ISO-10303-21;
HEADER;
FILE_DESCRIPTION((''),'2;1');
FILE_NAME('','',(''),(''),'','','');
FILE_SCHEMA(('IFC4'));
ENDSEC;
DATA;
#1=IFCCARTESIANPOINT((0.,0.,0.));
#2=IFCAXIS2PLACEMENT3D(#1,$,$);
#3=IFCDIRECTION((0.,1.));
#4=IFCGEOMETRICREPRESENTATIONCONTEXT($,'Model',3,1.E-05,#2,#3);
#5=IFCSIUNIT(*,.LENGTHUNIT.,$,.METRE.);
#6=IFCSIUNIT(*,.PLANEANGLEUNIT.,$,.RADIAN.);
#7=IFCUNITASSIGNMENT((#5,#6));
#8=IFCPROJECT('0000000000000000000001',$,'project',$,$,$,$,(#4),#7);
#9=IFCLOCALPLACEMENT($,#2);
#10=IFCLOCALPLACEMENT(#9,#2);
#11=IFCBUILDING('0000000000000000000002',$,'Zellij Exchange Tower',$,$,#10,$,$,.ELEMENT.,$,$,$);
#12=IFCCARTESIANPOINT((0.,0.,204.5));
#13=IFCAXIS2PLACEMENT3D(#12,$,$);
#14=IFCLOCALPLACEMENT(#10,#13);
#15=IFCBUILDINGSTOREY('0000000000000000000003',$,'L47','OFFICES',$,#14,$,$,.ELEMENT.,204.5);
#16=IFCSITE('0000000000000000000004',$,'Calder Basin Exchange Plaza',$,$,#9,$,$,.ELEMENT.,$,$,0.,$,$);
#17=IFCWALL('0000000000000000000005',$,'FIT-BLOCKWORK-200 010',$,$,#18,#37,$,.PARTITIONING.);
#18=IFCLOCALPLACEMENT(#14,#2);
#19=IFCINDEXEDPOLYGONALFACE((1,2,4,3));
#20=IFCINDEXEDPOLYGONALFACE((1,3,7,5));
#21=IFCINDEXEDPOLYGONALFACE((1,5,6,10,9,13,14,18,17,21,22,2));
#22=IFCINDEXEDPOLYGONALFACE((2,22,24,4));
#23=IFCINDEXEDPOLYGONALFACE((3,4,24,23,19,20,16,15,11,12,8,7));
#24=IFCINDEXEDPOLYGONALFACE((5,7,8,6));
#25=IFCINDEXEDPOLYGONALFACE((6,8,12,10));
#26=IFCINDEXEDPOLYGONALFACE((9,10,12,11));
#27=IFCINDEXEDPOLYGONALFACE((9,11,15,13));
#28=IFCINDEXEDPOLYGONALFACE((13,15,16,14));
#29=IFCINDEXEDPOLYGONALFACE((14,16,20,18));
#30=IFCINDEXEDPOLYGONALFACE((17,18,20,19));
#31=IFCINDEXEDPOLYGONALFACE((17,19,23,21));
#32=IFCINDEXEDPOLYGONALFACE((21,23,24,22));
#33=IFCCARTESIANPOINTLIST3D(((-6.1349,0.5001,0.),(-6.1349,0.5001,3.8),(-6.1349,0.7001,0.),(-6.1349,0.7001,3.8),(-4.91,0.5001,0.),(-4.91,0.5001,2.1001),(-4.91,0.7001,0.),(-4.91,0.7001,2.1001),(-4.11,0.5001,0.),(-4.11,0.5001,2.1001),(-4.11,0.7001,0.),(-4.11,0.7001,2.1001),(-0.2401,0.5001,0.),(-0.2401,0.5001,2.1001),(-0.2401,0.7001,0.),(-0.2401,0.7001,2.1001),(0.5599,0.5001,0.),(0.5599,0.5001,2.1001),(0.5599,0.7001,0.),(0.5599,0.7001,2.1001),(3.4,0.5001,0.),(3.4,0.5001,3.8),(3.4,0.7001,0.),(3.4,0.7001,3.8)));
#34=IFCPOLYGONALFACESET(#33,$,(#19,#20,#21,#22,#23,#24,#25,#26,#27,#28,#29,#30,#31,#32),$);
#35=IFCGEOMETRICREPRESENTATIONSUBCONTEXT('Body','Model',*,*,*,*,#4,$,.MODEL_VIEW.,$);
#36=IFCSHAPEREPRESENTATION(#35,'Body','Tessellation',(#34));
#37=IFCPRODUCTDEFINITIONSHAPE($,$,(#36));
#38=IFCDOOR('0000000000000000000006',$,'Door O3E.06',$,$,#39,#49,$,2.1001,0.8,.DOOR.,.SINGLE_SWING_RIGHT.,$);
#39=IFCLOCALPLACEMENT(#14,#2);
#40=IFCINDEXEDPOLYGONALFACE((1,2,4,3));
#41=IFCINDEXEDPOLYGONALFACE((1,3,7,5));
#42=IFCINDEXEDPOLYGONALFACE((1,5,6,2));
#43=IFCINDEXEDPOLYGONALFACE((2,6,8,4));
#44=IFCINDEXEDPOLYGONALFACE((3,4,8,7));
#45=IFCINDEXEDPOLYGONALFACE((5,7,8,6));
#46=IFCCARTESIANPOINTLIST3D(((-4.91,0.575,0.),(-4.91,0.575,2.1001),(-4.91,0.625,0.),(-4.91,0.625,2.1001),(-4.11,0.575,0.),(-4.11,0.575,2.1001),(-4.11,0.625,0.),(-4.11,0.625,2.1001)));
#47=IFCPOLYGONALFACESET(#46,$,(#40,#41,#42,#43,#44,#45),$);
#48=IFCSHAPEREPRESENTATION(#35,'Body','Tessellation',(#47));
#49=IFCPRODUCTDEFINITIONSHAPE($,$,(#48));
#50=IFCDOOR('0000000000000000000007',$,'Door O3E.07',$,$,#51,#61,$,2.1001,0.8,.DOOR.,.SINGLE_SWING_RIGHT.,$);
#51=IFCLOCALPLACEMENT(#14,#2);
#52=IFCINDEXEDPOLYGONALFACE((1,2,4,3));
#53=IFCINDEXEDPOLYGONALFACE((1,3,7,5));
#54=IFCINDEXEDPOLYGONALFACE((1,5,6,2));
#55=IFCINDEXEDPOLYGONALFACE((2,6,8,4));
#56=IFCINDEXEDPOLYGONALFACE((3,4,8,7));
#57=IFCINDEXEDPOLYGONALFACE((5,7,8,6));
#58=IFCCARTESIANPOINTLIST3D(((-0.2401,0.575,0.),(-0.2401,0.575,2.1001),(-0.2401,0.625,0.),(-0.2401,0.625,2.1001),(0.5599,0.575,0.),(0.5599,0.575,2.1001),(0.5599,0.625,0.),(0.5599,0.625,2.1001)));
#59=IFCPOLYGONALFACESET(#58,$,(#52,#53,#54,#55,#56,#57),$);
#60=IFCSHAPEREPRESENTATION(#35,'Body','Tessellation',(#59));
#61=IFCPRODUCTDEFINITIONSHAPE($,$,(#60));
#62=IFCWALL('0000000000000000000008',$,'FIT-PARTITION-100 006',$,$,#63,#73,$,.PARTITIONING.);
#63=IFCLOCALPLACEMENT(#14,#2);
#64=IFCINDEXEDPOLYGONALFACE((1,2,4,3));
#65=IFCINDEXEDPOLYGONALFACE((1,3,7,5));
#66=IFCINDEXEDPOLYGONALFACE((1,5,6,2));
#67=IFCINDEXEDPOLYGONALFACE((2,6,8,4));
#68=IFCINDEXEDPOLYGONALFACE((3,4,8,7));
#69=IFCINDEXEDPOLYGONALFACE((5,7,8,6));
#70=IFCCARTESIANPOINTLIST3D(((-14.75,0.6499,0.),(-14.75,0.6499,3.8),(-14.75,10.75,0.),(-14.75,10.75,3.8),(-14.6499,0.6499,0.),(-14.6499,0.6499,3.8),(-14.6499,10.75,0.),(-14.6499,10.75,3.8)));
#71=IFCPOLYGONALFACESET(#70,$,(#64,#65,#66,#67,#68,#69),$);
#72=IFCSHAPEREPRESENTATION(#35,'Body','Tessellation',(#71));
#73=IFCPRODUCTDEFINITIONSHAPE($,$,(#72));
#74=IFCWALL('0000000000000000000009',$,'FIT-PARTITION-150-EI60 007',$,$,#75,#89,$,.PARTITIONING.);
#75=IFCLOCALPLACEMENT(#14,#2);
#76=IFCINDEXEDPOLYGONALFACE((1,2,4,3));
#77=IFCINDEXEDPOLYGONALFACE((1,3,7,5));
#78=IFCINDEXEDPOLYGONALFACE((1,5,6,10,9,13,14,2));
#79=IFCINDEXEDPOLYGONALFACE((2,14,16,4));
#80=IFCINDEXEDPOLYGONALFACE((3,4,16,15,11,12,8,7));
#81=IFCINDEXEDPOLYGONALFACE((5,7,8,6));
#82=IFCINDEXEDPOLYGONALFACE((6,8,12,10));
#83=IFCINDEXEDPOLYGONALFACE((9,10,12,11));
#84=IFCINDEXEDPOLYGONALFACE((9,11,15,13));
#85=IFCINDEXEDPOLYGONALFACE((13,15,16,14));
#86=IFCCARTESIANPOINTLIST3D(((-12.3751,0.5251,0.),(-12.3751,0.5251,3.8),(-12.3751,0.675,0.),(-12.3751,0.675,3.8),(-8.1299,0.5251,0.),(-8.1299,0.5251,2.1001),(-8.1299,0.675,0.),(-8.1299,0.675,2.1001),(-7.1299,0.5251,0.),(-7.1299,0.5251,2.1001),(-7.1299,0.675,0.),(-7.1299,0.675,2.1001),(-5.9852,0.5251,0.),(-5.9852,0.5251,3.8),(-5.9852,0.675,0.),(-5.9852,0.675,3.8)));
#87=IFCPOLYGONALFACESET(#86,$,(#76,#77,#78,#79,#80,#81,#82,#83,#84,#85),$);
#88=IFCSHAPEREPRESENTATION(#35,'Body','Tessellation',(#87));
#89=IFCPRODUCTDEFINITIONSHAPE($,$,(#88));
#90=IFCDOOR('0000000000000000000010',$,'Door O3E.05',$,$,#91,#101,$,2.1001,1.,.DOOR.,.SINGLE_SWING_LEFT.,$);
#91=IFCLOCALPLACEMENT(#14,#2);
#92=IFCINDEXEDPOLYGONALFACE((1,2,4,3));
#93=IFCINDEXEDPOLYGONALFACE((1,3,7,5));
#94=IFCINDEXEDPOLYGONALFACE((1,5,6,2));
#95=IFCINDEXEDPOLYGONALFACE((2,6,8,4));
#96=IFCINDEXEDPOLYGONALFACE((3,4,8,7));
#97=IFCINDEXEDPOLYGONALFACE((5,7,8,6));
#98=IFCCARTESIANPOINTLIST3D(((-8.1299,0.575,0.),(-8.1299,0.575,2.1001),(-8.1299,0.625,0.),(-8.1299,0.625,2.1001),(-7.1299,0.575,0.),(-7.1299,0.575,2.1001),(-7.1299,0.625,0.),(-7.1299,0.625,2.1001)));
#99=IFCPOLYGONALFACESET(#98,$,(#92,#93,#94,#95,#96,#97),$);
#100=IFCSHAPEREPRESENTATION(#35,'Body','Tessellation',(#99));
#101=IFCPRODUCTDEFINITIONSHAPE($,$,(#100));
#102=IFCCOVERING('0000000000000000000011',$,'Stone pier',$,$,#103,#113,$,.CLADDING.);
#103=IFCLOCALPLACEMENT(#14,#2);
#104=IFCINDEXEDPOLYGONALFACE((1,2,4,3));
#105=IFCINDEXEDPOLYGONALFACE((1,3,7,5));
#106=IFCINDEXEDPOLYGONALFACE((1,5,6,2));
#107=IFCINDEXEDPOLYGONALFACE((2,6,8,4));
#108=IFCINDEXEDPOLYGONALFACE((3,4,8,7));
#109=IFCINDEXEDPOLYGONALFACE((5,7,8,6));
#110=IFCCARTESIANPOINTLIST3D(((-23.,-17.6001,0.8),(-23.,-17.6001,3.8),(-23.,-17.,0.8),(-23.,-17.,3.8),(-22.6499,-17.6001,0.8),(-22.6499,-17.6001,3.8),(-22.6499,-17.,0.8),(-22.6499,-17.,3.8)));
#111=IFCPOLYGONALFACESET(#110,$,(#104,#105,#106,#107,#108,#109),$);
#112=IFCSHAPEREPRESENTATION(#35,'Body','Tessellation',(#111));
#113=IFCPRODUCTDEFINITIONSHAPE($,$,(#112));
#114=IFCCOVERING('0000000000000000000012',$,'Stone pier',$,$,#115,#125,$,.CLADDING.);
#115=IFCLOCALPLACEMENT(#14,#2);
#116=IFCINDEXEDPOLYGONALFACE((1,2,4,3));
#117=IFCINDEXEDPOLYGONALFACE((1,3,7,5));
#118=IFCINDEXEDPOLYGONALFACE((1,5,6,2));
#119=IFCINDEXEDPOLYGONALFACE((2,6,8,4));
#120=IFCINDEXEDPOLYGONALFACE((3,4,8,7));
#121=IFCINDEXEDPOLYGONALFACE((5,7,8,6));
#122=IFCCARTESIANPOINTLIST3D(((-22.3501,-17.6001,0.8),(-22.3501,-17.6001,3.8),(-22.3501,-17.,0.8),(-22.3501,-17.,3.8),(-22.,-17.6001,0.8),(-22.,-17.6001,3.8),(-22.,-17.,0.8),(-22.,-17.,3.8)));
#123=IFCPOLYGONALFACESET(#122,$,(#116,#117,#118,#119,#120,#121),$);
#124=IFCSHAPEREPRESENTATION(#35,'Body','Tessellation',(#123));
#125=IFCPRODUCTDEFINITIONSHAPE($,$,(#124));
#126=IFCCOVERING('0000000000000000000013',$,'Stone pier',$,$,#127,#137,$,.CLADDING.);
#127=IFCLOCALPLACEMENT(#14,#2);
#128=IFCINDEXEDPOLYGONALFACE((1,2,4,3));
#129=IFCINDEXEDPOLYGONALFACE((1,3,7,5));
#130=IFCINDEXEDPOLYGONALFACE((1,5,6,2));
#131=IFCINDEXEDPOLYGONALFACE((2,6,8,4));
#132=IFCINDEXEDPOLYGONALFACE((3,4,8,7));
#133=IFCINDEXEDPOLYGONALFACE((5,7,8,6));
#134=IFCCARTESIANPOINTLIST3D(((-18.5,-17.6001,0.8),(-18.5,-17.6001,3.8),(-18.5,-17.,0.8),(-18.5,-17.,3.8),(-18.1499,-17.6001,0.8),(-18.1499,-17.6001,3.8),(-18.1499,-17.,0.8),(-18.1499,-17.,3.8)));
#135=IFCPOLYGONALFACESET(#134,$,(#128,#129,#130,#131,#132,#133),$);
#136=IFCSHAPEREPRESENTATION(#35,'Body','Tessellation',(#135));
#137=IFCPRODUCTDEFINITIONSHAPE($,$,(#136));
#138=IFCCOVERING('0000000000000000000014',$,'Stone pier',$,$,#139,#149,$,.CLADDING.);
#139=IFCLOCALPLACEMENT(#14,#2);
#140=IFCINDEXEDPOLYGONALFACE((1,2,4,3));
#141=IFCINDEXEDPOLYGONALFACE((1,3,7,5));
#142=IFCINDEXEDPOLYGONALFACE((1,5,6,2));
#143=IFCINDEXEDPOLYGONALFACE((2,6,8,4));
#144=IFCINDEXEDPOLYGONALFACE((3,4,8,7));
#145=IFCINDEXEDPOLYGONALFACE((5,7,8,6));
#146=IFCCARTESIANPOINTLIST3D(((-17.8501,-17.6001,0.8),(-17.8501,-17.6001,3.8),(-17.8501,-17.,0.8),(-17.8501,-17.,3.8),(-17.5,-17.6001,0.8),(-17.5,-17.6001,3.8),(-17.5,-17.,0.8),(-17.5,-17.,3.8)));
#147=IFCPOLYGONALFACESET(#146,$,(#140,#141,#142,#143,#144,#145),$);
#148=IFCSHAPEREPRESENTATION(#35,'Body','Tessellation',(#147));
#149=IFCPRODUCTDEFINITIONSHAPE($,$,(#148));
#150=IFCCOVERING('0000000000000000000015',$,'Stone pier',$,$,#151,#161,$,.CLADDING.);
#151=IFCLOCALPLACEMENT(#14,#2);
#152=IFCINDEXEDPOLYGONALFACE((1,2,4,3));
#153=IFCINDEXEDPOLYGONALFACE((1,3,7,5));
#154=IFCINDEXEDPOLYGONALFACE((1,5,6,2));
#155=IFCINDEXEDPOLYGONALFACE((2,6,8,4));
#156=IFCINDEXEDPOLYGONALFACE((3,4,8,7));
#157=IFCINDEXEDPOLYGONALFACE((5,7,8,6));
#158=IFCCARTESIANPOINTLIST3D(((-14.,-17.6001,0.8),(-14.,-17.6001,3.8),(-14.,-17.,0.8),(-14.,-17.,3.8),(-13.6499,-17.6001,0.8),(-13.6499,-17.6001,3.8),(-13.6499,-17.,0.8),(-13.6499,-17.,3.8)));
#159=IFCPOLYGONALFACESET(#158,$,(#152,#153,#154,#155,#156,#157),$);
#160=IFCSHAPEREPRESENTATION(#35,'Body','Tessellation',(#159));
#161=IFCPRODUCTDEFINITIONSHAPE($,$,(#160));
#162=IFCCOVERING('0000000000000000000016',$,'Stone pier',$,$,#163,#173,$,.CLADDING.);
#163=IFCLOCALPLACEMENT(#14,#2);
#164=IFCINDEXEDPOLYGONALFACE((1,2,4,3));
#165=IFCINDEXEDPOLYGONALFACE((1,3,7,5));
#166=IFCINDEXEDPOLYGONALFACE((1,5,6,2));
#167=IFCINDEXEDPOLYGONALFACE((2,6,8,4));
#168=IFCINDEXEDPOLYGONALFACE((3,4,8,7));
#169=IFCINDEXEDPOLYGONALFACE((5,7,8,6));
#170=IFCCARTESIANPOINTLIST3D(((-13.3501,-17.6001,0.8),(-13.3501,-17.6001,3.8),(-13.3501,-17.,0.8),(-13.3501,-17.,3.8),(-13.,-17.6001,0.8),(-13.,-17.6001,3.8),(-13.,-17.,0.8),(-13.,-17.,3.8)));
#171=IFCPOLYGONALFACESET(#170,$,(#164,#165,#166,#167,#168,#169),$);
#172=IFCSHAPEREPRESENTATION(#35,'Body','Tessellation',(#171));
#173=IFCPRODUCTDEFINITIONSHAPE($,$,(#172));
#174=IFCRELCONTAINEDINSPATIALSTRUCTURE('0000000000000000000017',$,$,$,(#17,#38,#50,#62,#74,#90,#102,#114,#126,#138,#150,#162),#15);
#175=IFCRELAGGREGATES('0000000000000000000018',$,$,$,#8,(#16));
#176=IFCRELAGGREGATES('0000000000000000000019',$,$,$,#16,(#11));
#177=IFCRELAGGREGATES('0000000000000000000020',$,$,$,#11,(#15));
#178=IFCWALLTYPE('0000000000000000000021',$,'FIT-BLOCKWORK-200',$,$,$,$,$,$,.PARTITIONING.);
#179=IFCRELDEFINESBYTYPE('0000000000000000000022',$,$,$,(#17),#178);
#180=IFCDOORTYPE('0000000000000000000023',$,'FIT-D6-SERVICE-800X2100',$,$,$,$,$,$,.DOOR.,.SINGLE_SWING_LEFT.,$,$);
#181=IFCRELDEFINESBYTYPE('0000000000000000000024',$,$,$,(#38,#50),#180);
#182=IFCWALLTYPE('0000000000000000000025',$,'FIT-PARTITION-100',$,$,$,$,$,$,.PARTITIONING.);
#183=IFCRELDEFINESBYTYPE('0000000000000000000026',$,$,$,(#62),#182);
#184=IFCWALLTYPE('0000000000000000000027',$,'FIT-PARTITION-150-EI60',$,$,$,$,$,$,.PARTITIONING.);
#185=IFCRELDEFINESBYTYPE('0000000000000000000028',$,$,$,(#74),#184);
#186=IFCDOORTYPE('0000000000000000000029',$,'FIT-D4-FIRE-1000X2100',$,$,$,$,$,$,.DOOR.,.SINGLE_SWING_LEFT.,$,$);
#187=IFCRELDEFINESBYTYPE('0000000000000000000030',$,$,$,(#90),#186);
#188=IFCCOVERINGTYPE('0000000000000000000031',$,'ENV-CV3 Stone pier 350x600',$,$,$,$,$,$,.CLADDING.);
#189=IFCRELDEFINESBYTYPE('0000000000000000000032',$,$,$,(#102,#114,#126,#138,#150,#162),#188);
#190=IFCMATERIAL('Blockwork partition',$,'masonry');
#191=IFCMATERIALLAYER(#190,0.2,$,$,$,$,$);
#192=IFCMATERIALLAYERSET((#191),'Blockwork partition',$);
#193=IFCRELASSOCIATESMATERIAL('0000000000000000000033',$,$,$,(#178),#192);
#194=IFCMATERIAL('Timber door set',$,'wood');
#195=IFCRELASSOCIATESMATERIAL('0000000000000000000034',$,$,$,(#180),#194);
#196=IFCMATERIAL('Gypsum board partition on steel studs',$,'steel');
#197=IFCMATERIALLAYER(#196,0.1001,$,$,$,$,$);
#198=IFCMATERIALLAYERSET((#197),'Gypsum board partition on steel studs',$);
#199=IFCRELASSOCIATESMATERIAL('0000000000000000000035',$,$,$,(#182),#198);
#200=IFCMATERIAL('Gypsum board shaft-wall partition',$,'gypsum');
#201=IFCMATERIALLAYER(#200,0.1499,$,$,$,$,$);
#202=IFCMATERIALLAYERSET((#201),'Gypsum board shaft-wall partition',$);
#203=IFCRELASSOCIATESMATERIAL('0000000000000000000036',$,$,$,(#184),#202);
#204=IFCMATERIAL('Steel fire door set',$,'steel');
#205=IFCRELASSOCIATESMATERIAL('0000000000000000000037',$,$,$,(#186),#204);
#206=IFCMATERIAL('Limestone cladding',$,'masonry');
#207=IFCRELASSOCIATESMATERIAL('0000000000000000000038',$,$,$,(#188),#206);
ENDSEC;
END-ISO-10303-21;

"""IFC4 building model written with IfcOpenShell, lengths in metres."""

from ifc_helpers import new_model, si_unit, direction, frame, frame_2d, origin, place, context, subcontext, project, spatial, polyline, rectangle, outline, extrude, material, layer, layer_set, type_object, element, fill, save


model = new_model("IFC4")

# Units and contexts
model_context = context("Model", 3, precision=1e-05, world=origin(), true_north=direction((0.0, 1.0)))
body_context = subcontext(model_context, "Body", "Model", "MODEL_VIEW")
ifc_project = project(units=[si_unit("LENGTHUNIT", "METRE"), si_unit("PLANEANGLEUNIT", "RADIAN")], contexts=[model_context])

# Site, building, storey
site_placement = place(None, origin())
site = spatial("IfcSite", under=ifc_project, at=site_placement, Name="Calder Basin Exchange Plaza", CompositionType="ELEMENT", RefElevation=0.0)
building_placement = place(site_placement, origin())
building = spatial("IfcBuilding", under=site, at=building_placement, Name="Zellij Exchange Tower", CompositionType="ELEMENT")
storey_placement = place(building_placement, frame((0.0, 0.0, 204.5)))
storey = spatial("IfcBuildingStorey", under=building, at=storey_placement, Name="L47", Description="OFFICES", CompositionType="ELEMENT", Elevation=204.5)

# Wall, openings, doors
ifc_material_1 = material(Name="Blockwork partition", Category="masonry")
ifc_layer_1 = layer(ifc_material_1, 0.2)
ifc_layer_set_1 = layer_set([ifc_layer_1], Name="Blockwork partition")
wall_type_1 = type_object("IfcWallType", Name="FIT-BLOCKWORK-200", PredefinedType="PARTITIONING", material=ifc_layer_set_1)
wall_1_placement = place(storey_placement, frame((-6.135, 0.6001, 0.0), z_axis=(0.0, 0.0, 1.0), x_axis=(1.0, 0.0, 0.0)))
wall_1 = element("IfcWall", 1, at=wall_1_placement, inside=storey, type_object=wall_type_1, Name="FIT-BLOCKWORK-200 010", PredefinedType="PARTITIONING", context=body_context, shape_type="SweptSolid", body=[
    extrude(rectangle(XDim=9.5349, YDim=0.2, at=frame_2d((4.7676, 0.0))), origin(), (0.0, 0.0, 1.0), 3.8),
])
opening_1_placement = place(wall_1_placement, frame((1.2251, 0.0, 0.0)))
opening_1 = element("IfcOpeningElement", 2, at=opening_1_placement, cuts=wall_1, PredefinedType="OPENING", context=body_context, shape_type="SweptSolid", body=[
    extrude(rectangle(XDim=0.8, YDim=2.1001, at=frame_2d((0.3999, 1.05))), frame((0.0, 0.1118, 0.0), z_axis=(0.0, -1.0, 0.0), x_axis=(1.0, 0.0, 0.0)), (0.0, 0.0, 1.0), 0.2239),
])
opening_2_placement = place(wall_1_placement, frame((5.895, 0.0, 0.0)))
opening_2 = element("IfcOpeningElement", 3, at=opening_2_placement, cuts=wall_1, PredefinedType="OPENING", context=body_context, shape_type="SweptSolid", body=[
    extrude(rectangle(XDim=0.8, YDim=2.1001, at=frame_2d((0.3999, 1.05))), frame((0.0, 0.1118, 0.0), z_axis=(0.0, -1.0, 0.0), x_axis=(1.0, 0.0, 0.0)), (0.0, 0.0, 1.0), 0.2239),
])
ifc_material_2 = material(Name="Timber door set", Category="wood")
door_type_1 = type_object("IfcDoorType", Name="FIT-D6-SERVICE-800X2100", OperationType="SINGLE_SWING_LEFT", PredefinedType="DOOR", material=ifc_material_2)
door_1_placement = place(opening_1_placement, origin())
door_1 = element("IfcDoor", 4, at=door_1_placement, inside=storey, type_object=door_type_1, Name="Door O3E.06", OperationType="SINGLE_SWING_RIGHT", OverallHeight=2.1001, OverallWidth=0.8, PredefinedType="DOOR", context=body_context, shape_type="SweptSolid", body=[
    extrude(rectangle(XDim=0.8, YDim=2.1001, at=frame_2d((0.3999, 1.05))), frame((0.0, 0.0249, 0.0), z_axis=(0.0, -1.0, 0.0), x_axis=(1.0, 0.0, 0.0)), (0.0, 0.0, 1.0), 0.05),
])
fill(opening_1, door_1)
door_2_placement = place(opening_2_placement, origin())
door_2 = element("IfcDoor", 5, at=door_2_placement, inside=storey, type_object=door_type_1, Name="Door O3E.07", OperationType="SINGLE_SWING_RIGHT", OverallHeight=2.1001, OverallWidth=0.8, PredefinedType="DOOR", context=body_context, shape_type="SweptSolid", body=[
    extrude(rectangle(XDim=0.8, YDim=2.1001, at=frame_2d((0.3999, 1.05))), frame((0.0, 0.0249, 0.0), z_axis=(0.0, -1.0, 0.0), x_axis=(1.0, 0.0, 0.0)), (0.0, 0.0, 1.0), 0.05),
])
fill(opening_2, door_2)

# Wall
ifc_material_3 = material(Name="Gypsum board partition on steel studs", Category="steel")
ifc_layer_2 = layer(ifc_material_3, 0.1001)
ifc_layer_set_2 = layer_set([ifc_layer_2], Name="Gypsum board partition on steel studs")
wall_type_2 = type_object("IfcWallType", Name="FIT-PARTITION-100", PredefinedType="PARTITIONING", material=ifc_layer_set_2)
wall_2_placement = place(storey_placement, frame((-14.7, 0.6499, 0.0), z_axis=(0.0, 0.0, 1.0), x_axis=(0.0, 1.0, 0.0)))
element("IfcWall", 6, at=wall_2_placement, inside=storey, type_object=wall_type_2, Name="FIT-PARTITION-100 006", PredefinedType="PARTITIONING", context=body_context, shape_type="SweptSolid", body=[
    extrude(rectangle(XDim=10.1001, YDim=0.1001, at=frame_2d((5.05, 0.0))), origin(), (0.0, 0.0, 1.0), 3.8),
])

# Wall, opening, door
ifc_material_4 = material(Name="Gypsum board shaft-wall partition", Category="gypsum")
ifc_layer_3 = layer(ifc_material_4, 0.1499)
ifc_layer_set_3 = layer_set([ifc_layer_3], Name="Gypsum board shaft-wall partition")
wall_type_3 = type_object("IfcWallType", Name="FIT-PARTITION-150-EI60", PredefinedType="PARTITIONING", material=ifc_layer_set_3)
wall_3_placement = place(storey_placement, frame((-12.375, 0.6001, 0.0), z_axis=(0.0, 0.0, 1.0), x_axis=(1.0, 0.0, 0.0)))
wall_3 = element("IfcWall", 7, at=wall_3_placement, inside=storey, type_object=wall_type_3, Name="FIT-PARTITION-150-EI60 007", PredefinedType="PARTITIONING", context=body_context, shape_type="SweptSolid", body=[
    extrude(rectangle(XDim=6.3899, YDim=0.1499, at=frame_2d((3.1948, 0.0))), origin(), (0.0, 0.0, 1.0), 3.8),
])
opening_3_placement = place(wall_3_placement, frame((4.2451, 0.0, 0.0)))
opening_3 = element("IfcOpeningElement", 8, at=opening_3_placement, cuts=wall_3, PredefinedType="OPENING", context=body_context, shape_type="SweptSolid", body=[
    extrude(rectangle(XDim=1.0, YDim=2.1001, at=frame_2d((0.5, 1.05))), frame((0.0, 0.0869, 0.0), z_axis=(0.0, -1.0, 0.0), x_axis=(1.0, 0.0, 0.0)), (0.0, 0.0, 1.0), 0.1738),
])
ifc_material_5 = material(Name="Steel fire door set", Category="steel")
door_type_2 = type_object("IfcDoorType", Name="FIT-D4-FIRE-1000X2100", OperationType="SINGLE_SWING_LEFT", PredefinedType="DOOR", material=ifc_material_5)
door_3_placement = place(opening_3_placement, origin())
door_3 = element("IfcDoor", 9, at=door_3_placement, inside=storey, type_object=door_type_2, Name="Door O3E.05", OperationType="SINGLE_SWING_LEFT", OverallHeight=2.1001, OverallWidth=1.0, PredefinedType="DOOR", context=body_context, shape_type="SweptSolid", body=[
    extrude(rectangle(XDim=1.0, YDim=2.1001, at=frame_2d((0.5, 1.05))), frame((0.0, 0.0249, 0.0), z_axis=(0.0, -1.0, 0.0), x_axis=(1.0, 0.0, 0.0)), (0.0, 0.0, 1.0), 0.05),
])
fill(opening_3, door_3)

# Coverings
ifc_material_6 = material(Name="Limestone cladding", Category="masonry")
covering_type = type_object("IfcCoveringType", Name="ENV-CV3 Stone pier 350x600", PredefinedType="CLADDING", material=ifc_material_6)
covering_1_placement = place(storey_placement, frame((0.0, 0.0, 0.8)))
element("IfcCovering", 10, at=covering_1_placement, inside=storey, type_object=covering_type, Name="Stone pier", PredefinedType="CLADDING", context=body_context, shape_type="SweptSolid", body=[
    extrude(outline(polyline([(-23.0, -17.0), (-22.6499, -17.0), (-22.6499, -17.6001), (-23.0, -17.6001), (-23.0, -17.0)])), origin(), (0.0, 0.0, 1.0), 3.0),
])
covering_2_placement = place(storey_placement, frame((0.0, 0.0, 0.8)))
element("IfcCovering", 11, at=covering_2_placement, inside=storey, type_object=covering_type, Name="Stone pier", PredefinedType="CLADDING", context=body_context, shape_type="SweptSolid", body=[
    extrude(outline(polyline([(-22.3501, -17.0), (-22.0, -17.0), (-22.0, -17.6001), (-22.3501, -17.6001), (-22.3501, -17.0)])), origin(), (0.0, 0.0, 1.0), 3.0),
])
covering_3_placement = place(storey_placement, frame((0.0, 0.0, 0.8)))
element("IfcCovering", 12, at=covering_3_placement, inside=storey, type_object=covering_type, Name="Stone pier", PredefinedType="CLADDING", context=body_context, shape_type="SweptSolid", body=[
    extrude(outline(polyline([(-18.5, -17.0), (-18.1499, -17.0), (-18.1499, -17.6001), (-18.5, -17.6001), (-18.5, -17.0)])), origin(), (0.0, 0.0, 1.0), 3.0),
])
covering_4_placement = place(storey_placement, frame((0.0, 0.0, 0.8)))
element("IfcCovering", 13, at=covering_4_placement, inside=storey, type_object=covering_type, Name="Stone pier", PredefinedType="CLADDING", context=body_context, shape_type="SweptSolid", body=[
    extrude(outline(polyline([(-17.8501, -17.0), (-17.5, -17.0), (-17.5, -17.6001), (-17.8501, -17.6001), (-17.8501, -17.0)])), origin(), (0.0, 0.0, 1.0), 3.0),
])
covering_5_placement = place(storey_placement, frame((0.0, 0.0, 0.8)))
element("IfcCovering", 14, at=covering_5_placement, inside=storey, type_object=covering_type, Name="Stone pier", PredefinedType="CLADDING", context=body_context, shape_type="SweptSolid", body=[
    extrude(outline(polyline([(-14.0, -17.0), (-13.6499, -17.0), (-13.6499, -17.6001), (-14.0, -17.6001), (-14.0, -17.0)])), origin(), (0.0, 0.0, 1.0), 3.0),
])
covering_6_placement = place(storey_placement, frame((0.0, 0.0, 0.8)))
element("IfcCovering", 15, at=covering_6_placement, inside=storey, type_object=covering_type, Name="Stone pier", PredefinedType="CLADDING", context=body_context, shape_type="SweptSolid", body=[
    extrude(outline(polyline([(-13.3501, -17.0), (-13.0, -17.0), (-13.0, -17.6001), (-13.3501, -17.6001), (-13.3501, -17.0)])), origin(), (0.0, 0.0, 1.0), 3.0),
])

save(model, "model.ifc")
